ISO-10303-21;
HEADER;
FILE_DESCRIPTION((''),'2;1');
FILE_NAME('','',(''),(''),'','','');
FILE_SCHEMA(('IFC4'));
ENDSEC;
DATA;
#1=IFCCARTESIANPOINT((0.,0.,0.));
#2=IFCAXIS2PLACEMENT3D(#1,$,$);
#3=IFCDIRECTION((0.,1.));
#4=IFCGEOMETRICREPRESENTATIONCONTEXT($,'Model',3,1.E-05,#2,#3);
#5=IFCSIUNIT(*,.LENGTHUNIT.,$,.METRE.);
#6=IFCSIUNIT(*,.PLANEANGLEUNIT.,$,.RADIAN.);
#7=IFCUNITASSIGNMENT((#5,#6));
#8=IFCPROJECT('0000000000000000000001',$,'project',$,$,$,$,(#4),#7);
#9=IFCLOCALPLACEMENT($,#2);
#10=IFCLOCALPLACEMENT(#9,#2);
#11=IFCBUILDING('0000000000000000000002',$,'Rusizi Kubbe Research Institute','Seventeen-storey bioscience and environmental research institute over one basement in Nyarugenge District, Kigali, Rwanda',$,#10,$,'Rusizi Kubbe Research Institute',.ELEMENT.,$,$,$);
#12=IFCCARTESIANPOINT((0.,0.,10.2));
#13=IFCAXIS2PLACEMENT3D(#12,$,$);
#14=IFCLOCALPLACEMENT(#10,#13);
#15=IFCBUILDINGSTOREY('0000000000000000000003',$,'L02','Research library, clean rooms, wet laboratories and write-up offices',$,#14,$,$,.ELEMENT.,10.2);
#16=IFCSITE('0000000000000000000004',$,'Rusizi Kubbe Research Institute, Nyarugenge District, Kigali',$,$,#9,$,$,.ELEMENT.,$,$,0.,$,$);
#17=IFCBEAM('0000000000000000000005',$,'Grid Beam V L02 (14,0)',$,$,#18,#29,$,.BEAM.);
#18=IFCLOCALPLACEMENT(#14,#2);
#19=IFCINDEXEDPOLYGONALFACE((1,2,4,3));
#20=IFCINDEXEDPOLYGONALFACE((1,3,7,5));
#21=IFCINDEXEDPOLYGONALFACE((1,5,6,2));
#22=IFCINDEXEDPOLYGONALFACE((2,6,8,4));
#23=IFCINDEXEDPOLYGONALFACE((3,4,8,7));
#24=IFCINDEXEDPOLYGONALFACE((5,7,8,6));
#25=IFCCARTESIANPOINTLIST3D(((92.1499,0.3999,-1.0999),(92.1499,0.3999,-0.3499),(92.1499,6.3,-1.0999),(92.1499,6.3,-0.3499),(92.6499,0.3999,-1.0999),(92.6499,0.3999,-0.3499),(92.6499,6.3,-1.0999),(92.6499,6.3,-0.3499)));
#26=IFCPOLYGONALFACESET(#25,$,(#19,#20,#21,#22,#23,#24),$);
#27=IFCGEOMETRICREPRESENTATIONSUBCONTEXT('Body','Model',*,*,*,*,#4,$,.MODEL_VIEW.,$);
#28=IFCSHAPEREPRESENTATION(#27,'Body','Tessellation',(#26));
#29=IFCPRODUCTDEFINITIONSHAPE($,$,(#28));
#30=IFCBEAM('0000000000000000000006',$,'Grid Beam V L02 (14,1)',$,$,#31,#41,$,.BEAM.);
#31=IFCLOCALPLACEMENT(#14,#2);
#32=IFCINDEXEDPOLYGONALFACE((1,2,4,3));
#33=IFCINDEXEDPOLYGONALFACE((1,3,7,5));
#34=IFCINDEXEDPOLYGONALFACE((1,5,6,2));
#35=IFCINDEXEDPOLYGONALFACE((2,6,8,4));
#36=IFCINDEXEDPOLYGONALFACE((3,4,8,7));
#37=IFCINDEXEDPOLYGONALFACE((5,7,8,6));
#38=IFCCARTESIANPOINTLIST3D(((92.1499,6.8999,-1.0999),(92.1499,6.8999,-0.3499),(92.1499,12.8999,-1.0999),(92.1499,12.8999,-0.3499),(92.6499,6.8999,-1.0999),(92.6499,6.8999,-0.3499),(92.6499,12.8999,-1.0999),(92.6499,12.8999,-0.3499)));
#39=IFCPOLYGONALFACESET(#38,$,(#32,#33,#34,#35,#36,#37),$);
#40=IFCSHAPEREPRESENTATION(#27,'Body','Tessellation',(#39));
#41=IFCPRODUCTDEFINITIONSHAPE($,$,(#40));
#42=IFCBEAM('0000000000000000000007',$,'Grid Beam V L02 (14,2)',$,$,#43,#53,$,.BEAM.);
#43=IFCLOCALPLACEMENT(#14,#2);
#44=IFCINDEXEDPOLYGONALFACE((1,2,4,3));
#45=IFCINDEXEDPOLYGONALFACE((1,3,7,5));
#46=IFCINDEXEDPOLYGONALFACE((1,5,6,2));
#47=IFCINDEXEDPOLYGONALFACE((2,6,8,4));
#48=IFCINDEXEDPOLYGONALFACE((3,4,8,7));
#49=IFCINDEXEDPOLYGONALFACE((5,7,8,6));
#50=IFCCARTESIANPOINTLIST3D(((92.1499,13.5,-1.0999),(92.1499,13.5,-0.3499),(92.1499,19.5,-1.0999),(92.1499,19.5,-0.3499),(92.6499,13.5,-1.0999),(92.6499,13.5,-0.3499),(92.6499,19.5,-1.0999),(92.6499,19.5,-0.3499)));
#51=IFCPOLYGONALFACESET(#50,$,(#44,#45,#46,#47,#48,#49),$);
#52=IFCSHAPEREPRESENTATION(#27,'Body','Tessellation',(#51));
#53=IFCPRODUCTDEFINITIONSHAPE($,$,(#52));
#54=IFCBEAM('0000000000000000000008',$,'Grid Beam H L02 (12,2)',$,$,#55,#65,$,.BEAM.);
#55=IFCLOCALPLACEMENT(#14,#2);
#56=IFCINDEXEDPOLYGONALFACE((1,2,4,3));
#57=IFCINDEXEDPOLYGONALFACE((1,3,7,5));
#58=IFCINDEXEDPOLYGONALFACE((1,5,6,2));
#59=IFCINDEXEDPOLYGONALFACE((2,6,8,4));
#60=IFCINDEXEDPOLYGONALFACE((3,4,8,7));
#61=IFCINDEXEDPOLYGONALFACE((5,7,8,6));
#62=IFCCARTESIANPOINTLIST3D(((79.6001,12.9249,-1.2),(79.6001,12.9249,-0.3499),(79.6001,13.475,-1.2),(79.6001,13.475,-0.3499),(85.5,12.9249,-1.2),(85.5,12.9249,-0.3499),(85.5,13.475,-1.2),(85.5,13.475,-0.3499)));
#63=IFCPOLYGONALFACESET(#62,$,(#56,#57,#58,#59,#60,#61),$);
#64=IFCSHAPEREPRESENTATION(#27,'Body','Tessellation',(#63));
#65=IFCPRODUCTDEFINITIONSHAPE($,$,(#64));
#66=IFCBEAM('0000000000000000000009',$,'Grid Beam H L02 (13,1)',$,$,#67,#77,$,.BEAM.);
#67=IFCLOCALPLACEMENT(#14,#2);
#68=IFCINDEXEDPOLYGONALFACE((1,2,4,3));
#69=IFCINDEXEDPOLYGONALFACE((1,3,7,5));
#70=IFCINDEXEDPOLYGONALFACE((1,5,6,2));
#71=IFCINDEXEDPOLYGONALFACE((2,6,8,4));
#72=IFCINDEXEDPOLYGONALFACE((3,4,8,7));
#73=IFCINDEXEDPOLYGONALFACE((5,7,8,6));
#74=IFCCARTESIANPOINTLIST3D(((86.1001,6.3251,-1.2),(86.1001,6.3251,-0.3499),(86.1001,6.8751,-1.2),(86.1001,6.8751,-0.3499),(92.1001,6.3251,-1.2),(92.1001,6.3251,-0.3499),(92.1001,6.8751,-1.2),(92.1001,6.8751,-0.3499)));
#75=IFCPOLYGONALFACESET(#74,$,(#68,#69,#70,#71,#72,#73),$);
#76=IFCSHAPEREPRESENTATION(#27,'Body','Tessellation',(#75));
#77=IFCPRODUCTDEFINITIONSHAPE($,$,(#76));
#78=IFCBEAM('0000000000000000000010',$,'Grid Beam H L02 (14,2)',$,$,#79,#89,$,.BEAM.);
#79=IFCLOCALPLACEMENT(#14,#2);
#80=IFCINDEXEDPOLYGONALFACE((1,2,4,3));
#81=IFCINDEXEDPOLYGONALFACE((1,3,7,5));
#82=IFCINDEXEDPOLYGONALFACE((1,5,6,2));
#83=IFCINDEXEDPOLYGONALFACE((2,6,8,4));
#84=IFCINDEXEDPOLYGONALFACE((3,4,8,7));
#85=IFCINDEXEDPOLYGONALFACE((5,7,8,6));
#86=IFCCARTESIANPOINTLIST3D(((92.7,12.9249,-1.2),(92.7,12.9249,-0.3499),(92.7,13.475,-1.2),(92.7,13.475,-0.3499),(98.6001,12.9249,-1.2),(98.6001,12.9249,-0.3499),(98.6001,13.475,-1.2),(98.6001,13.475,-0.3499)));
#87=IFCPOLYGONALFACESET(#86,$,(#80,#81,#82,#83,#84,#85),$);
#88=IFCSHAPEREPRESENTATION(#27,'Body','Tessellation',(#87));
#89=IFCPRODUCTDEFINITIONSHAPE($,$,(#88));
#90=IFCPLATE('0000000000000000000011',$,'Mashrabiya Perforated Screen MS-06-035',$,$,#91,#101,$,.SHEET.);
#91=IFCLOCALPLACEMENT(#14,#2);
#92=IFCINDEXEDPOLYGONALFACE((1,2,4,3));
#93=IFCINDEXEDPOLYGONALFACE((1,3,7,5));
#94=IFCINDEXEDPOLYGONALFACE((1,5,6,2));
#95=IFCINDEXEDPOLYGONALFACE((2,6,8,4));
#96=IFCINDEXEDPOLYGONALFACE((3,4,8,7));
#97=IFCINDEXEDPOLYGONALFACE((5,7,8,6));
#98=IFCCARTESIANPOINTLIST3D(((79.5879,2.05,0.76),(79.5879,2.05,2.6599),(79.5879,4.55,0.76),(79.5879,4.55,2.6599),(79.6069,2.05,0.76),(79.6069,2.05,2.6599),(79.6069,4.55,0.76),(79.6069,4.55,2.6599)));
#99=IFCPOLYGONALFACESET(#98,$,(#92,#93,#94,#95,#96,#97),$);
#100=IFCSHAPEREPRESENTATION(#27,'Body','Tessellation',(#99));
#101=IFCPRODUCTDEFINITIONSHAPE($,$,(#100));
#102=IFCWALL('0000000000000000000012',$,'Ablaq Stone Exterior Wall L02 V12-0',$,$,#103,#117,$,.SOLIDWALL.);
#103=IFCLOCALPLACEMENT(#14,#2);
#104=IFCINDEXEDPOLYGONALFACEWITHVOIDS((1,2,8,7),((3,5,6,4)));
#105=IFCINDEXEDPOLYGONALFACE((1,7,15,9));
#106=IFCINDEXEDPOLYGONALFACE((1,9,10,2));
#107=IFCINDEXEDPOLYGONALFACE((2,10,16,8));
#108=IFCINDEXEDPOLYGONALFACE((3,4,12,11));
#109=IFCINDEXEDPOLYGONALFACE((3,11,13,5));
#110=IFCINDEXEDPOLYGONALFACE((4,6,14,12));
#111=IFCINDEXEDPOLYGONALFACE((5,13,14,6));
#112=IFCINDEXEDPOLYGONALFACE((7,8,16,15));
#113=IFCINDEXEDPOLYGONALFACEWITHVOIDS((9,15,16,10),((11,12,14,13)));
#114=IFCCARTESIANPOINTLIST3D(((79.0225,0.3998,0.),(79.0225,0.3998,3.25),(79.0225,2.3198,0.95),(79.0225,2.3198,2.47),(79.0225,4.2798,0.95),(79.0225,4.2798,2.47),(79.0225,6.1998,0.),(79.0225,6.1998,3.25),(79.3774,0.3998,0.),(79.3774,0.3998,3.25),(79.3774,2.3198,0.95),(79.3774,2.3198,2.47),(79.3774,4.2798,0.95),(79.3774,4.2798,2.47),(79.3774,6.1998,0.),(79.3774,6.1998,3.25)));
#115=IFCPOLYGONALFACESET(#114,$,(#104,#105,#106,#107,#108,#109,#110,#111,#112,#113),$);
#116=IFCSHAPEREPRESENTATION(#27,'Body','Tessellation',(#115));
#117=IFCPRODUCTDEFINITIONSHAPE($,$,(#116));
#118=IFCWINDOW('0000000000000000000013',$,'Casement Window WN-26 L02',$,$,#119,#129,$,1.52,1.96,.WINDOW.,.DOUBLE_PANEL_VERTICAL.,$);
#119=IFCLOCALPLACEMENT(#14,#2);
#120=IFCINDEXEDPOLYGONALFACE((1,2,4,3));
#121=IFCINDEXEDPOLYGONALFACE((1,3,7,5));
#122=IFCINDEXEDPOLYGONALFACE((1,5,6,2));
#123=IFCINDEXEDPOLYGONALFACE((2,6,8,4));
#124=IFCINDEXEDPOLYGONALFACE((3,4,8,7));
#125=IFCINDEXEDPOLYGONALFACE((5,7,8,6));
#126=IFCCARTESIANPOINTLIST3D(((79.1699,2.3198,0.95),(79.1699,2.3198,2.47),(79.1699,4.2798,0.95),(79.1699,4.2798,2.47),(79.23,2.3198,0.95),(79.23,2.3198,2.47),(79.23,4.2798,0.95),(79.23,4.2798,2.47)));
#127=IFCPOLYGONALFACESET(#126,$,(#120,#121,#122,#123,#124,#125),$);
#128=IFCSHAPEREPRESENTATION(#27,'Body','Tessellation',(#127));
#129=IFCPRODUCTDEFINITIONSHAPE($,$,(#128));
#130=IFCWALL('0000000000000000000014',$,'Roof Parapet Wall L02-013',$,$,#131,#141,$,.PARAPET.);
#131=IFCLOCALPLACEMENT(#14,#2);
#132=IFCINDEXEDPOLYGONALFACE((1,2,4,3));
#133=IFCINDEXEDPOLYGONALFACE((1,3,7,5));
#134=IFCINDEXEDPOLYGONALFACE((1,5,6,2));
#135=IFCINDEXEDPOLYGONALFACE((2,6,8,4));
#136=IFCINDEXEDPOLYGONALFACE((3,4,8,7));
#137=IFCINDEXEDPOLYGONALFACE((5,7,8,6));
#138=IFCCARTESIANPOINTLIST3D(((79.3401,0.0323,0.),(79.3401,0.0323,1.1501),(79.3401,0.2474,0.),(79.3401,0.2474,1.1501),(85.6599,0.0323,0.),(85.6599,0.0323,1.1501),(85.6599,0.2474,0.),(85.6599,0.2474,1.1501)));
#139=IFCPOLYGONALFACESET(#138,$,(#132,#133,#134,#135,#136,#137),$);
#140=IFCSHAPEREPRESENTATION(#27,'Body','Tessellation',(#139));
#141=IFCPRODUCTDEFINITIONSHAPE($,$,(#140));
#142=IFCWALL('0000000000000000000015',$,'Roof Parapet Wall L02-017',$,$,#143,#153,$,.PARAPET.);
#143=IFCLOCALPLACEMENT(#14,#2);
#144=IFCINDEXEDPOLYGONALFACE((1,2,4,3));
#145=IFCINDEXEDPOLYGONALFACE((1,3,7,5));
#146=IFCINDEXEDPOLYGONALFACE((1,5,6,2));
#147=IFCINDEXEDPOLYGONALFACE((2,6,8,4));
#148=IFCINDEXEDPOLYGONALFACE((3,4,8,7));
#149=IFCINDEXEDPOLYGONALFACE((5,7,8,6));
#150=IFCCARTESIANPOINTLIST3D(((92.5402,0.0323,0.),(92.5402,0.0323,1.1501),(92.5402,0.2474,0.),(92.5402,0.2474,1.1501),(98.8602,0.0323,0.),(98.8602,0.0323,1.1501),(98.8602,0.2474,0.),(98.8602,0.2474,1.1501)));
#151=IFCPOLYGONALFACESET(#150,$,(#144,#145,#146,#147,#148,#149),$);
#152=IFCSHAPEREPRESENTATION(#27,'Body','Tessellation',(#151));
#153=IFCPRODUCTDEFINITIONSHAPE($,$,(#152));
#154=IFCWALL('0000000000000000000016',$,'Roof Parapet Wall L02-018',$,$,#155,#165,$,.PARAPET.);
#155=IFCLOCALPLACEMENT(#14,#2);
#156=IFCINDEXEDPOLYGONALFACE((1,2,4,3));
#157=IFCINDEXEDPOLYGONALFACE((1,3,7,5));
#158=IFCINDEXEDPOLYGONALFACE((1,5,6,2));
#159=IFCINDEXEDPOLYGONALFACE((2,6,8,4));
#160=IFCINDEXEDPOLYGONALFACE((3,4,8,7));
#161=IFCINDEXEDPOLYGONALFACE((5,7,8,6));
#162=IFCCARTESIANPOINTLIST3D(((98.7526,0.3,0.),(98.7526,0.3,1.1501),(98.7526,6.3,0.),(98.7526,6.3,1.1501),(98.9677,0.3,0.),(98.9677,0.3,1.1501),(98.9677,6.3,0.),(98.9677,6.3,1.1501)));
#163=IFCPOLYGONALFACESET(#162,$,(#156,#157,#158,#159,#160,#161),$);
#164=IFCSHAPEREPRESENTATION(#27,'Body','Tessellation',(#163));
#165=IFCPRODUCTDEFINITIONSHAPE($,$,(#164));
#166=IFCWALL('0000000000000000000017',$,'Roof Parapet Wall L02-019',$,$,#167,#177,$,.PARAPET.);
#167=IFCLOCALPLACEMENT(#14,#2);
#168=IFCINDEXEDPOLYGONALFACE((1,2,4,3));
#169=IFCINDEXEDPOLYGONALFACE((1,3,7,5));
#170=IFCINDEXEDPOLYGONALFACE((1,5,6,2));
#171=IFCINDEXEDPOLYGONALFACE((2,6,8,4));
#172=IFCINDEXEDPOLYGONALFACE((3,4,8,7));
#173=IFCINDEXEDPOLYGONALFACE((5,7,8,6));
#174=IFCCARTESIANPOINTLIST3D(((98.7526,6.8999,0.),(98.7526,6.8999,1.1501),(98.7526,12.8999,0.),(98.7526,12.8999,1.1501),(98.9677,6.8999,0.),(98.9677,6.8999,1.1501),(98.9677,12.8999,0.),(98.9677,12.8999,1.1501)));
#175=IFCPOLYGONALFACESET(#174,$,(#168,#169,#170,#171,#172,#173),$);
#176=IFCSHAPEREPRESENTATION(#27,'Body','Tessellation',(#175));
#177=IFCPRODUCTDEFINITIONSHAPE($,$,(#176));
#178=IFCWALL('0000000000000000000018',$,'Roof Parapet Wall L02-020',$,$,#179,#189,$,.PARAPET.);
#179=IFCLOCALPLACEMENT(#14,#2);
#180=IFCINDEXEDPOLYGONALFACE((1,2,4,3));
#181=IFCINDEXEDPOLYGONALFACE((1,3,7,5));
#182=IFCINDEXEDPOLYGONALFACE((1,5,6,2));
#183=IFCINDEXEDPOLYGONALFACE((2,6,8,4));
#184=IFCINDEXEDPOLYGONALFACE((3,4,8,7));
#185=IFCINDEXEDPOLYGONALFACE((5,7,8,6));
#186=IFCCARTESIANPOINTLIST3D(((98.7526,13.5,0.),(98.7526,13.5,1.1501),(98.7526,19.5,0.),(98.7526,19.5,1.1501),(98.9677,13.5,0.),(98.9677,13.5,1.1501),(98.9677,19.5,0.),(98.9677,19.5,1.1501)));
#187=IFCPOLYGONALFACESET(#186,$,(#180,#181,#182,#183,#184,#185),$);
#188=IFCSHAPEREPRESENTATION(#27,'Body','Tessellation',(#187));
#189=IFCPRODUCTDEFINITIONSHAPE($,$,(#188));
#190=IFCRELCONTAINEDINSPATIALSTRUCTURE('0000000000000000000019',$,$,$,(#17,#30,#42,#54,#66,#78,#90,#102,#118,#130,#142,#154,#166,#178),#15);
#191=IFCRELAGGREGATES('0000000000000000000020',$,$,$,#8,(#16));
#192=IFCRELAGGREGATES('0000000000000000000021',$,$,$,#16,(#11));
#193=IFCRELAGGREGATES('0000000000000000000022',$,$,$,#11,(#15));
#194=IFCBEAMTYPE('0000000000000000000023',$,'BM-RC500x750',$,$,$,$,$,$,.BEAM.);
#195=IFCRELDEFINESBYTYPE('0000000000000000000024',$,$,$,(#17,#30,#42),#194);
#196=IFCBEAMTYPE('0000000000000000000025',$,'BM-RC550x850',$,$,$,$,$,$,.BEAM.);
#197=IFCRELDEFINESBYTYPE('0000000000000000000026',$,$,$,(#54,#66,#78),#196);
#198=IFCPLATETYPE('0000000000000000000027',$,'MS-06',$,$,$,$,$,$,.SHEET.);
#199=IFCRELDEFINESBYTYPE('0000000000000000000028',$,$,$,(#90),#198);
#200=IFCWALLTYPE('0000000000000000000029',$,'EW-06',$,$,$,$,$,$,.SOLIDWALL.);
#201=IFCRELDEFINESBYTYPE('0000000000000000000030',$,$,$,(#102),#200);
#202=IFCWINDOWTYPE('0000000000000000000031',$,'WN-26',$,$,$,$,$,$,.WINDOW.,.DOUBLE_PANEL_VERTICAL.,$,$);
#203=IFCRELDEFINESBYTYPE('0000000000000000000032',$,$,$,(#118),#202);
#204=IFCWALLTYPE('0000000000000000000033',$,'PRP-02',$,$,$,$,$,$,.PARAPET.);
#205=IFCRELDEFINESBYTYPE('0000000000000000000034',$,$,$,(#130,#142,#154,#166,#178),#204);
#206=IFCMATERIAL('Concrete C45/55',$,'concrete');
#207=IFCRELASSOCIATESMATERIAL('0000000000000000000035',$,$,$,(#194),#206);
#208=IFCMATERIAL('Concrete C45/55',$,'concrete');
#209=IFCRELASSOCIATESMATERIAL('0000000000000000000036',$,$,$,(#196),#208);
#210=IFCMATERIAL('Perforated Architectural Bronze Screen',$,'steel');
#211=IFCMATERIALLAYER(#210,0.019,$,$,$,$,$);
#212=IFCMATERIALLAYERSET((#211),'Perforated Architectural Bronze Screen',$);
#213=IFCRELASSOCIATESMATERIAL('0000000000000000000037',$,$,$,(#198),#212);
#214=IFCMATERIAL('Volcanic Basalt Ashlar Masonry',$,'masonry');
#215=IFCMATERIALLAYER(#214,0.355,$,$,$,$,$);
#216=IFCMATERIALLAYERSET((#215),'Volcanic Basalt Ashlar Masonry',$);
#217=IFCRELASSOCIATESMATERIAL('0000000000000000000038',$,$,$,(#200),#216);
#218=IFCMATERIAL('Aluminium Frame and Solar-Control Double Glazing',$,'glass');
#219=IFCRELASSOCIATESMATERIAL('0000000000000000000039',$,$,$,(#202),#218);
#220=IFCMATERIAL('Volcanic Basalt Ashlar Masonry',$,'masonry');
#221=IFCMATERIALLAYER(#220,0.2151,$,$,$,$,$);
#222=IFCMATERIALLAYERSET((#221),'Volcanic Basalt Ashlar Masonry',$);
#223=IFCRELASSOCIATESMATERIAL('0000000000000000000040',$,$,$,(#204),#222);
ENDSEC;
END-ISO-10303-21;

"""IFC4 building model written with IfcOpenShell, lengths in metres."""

from ifc_helpers import new_model, si_unit, direction, frame, frame_2d, origin, origin_2d, place, context, subcontext, project, spatial, rectangle, extrude, material, layer, layer_set, material_profile, profile_set, type_object, element, fill, save


model = new_model("IFC4")

# Units and contexts
model_context = context("Model", 3, precision=1e-05, world=origin(), true_north=direction((0.0, 1.0)))
body_context = subcontext(model_context, "Body", "Model", "MODEL_VIEW")
ifc_project = project(units=[si_unit("LENGTHUNIT", "METRE"), si_unit("PLANEANGLEUNIT", "RADIAN")], contexts=[model_context])

# Site, building, storey
site_placement = place(None, origin())
site = spatial("IfcSite", under=ifc_project, at=site_placement, Name="Rusizi Kubbe Research Institute, Nyarugenge District, Kigali", CompositionType="ELEMENT", RefElevation=0.0)
building_placement = place(site_placement, origin())
building = spatial("IfcBuilding", under=site, at=building_placement, Name="Rusizi Kubbe Research Institute", Description="Seventeen-storey bioscience and environmental research institute over one basement in Nyarugenge District, Kigali, Rwanda", LongName="Rusizi Kubbe Research Institute", CompositionType="ELEMENT")
storey_placement = place(building_placement, frame((0.0, 0.0, 10.2)))
storey = spatial("IfcBuildingStorey", under=building, at=storey_placement, Name="L02", Description="Research library, clean rooms, wet laboratories and write-up offices", CompositionType="ELEMENT", Elevation=10.2)

# Beams
ifc_material_1 = material(Name="Concrete C45/55", Category="concrete")
ifc_material_profile_1 = material_profile(ifc_material_1, rectangle(XDim=0.5, YDim=0.75, at=origin_2d()), Name="RC500x750B")
ifc_profile_set_1 = profile_set([ifc_material_profile_1], Name="Concrete C45/55")
beam_type_1 = type_object("IfcBeamType", Name="BM-RC500x750", PredefinedType="BEAM", material=ifc_profile_set_1)
beam_1_placement = place(storey_placement, frame((92.3999, 0.3999, -0.7249), z_axis=(0.0, 1.0, 0.0), x_axis=(-1.0, 0.0, 0.0)))
element("IfcBeam", 1, at=beam_1_placement, inside=storey, type_object=beam_type_1, Name="Grid Beam V L02 (14,0)", PredefinedType="BEAM", context=body_context, shape_type="SweptSolid", body=[
    extrude(rectangle(XDim=0.5, YDim=0.75, at=origin_2d()), origin(), (0.0, 0.0, 1.0), 5.9001),
])
for number, where, z_axis, x_axis, name in (
    (2, (92.3999, 6.8999, -0.7249), (0.0, 1.0, 0.0), (-1.0, 0.0, 0.0), "Grid Beam V L02 (14,1)"),
    (3, (92.3999, 13.5, -0.7249), (0.0, 1.0, 0.0), (-1.0, 0.0, 0.0), "Grid Beam V L02 (14,2)"),
):
    element("IfcBeam", number, at=place(storey_placement, frame(where, z_axis=z_axis, x_axis=x_axis)), inside=storey, type_object=beam_type_1, Name=name, PredefinedType="BEAM", context=body_context, shape_type="SweptSolid", body=[
        extrude(rectangle(XDim=0.5, YDim=0.75, at=origin_2d()), origin(), (0.0, 0.0, 1.0), 6.0),
    ])
ifc_material_2 = material(Name="Concrete C45/55", Category="concrete")
ifc_material_profile_2 = material_profile(ifc_material_2, rectangle(XDim=0.55, YDim=0.8501, at=origin_2d()), Name="RC550x850")
ifc_profile_set_2 = profile_set([ifc_material_profile_2], Name="Concrete C45/55")
beam_type_2 = type_object("IfcBeamType", Name="BM-RC550x850", PredefinedType="BEAM", material=ifc_profile_set_2)
beam_2_placement = place(storey_placement, frame((79.6001, 13.2, -0.7749), z_axis=(1.0, 0.0, 0.0), x_axis=(0.0, 1.0, 0.0)))
element("IfcBeam", 4, at=beam_2_placement, inside=storey, type_object=beam_type_2, Name="Grid Beam H L02 (12,2)", PredefinedType="BEAM", context=body_context, shape_type="SweptSolid", body=[
    extrude(rectangle(XDim=0.55, YDim=0.8501, at=origin_2d()), origin(), (0.0, 0.0, 1.0), 5.8999),
])
beam_3_placement = place(storey_placement, frame((86.1001, 6.6001, -0.7749), z_axis=(1.0, 0.0, 0.0), x_axis=(0.0, 1.0, 0.0)))
element("IfcBeam", 5, at=beam_3_placement, inside=storey, type_object=beam_type_2, Name="Grid Beam H L02 (13,1)", PredefinedType="BEAM", context=body_context, shape_type="SweptSolid", body=[
    extrude(rectangle(XDim=0.55, YDim=0.8501, at=origin_2d()), origin(), (0.0, 0.0, 1.0), 6.0),
])
beam_4_placement = place(storey_placement, frame((92.7, 13.2, -0.7749), z_axis=(1.0, 0.0, 0.0), x_axis=(0.0, 1.0, 0.0)))
element("IfcBeam", 6, at=beam_4_placement, inside=storey, type_object=beam_type_2, Name="Grid Beam H L02 (14,2)", PredefinedType="BEAM", context=body_context, shape_type="SweptSolid", body=[
    extrude(rectangle(XDim=0.55, YDim=0.8501, at=origin_2d()), origin(), (0.0, 0.0, 1.0), 5.9001),
])

# Plate
ifc_material_3 = material(Name="Perforated Architectural Bronze Screen", Category="steel")
ifc_layer_1 = layer(ifc_material_3, 0.019)
ifc_layer_set_1 = layer_set([ifc_layer_1], Name="Perforated Architectural Bronze Screen")
plate_type = type_object("IfcPlateType", Name="MS-06", PredefinedType="SHEET", material=ifc_layer_set_1)
plate_placement = place(storey_placement, frame((79.5974, 3.3, 0.76), z_axis=(0.0, 0.0, 1.0), x_axis=(0.0, 1.0, 0.0)))
element("IfcPlate", 7, at=plate_placement, inside=storey, type_object=plate_type, Name="Mashrabiya Perforated Screen MS-06-035", PredefinedType="SHEET", context=body_context, shape_type="SweptSolid", body=[
    extrude(rectangle(XDim=2.5, YDim=0.019, at=origin_2d()), origin(), (0.0, 0.0, 1.0), 1.8999),
])

# Wall, opening, window
ifc_material_4 = material(Name="Volcanic Basalt Ashlar Masonry", Category="masonry")
ifc_layer_2 = layer(ifc_material_4, 0.355)
ifc_layer_set_2 = layer_set([ifc_layer_2], Name="Volcanic Basalt Ashlar Masonry")
wall_type_1 = type_object("IfcWallType", Name="EW-06", PredefinedType="SOLIDWALL", material=ifc_layer_set_2)
wall_1_placement = place(storey_placement, frame((79.2, 0.3999, 0.0), z_axis=(0.0, 0.0, 1.0), x_axis=(0.0, 1.0, 0.0)))
wall_1 = element("IfcWall", 8, at=wall_1_placement, inside=storey, type_object=wall_type_1, Name="Ablaq Stone Exterior Wall L02 V12-0", PredefinedType="SOLIDWALL", context=body_context, shape_type="SweptSolid", body=[
    extrude(rectangle(XDim=5.8, YDim=0.355, at=frame_2d((2.8999, 0.0))), origin(), (0.0, 0.0, 1.0), 3.25),
])
opening_placement = place(wall_1_placement, frame((1.9199, 0.0, 0.95)))
opening = element("IfcOpeningElement", 9, at=opening_placement, cuts=wall_1, PredefinedType="OPENING", context=body_context, shape_type="SweptSolid", body=[
    extrude(rectangle(XDim=1.96, YDim=1.52, at=frame_2d((0.98, 0.76))), frame((0.0, 0.1875, 0.0), z_axis=(0.0, -1.0, 0.0), x_axis=(1.0, 0.0, 0.0)), (0.0, 0.0, 1.0), 0.375),
])
ifc_material_5 = material(Name="Aluminium Frame and Solar-Control Double Glazing", Category="glass")
window_type = type_object("IfcWindowType", Name="WN-26", PartitioningType="DOUBLE_PANEL_VERTICAL", PredefinedType="WINDOW", material=ifc_material_5)
window_placement = place(opening_placement, origin())
window = element("IfcWindow", 10, at=window_placement, inside=storey, type_object=window_type, Name="Casement Window WN-26 L02", OverallHeight=1.52, OverallWidth=1.96, PartitioningType="DOUBLE_PANEL_VERTICAL", PredefinedType="WINDOW", context=body_context, shape_type="SweptSolid", body=[
    extrude(rectangle(XDim=1.96, YDim=1.52, at=frame_2d((0.98, 0.76))), frame((0.0, 0.03, 0.0), z_axis=(0.0, -1.0, 0.0), x_axis=(1.0, 0.0, 0.0)), (0.0, 0.0, 1.0), 0.0601),
])
fill(opening, window)

# Walls
ifc_material_6 = material(Name="Volcanic Basalt Ashlar Masonry", Category="masonry")
ifc_layer_3 = layer(ifc_material_6, 0.2151)
ifc_layer_set_3 = layer_set([ifc_layer_3], Name="Volcanic Basalt Ashlar Masonry")
wall_type_2 = type_object("IfcWallType", Name="PRP-02", PredefinedType="PARAPET", material=ifc_layer_set_3)
wall_2_placement = place(storey_placement, frame((79.3401, 0.1399, 0.0), z_axis=(0.0, 0.0, 1.0), x_axis=(1.0, 0.0, 0.0)))
element("IfcWall", 11, at=wall_2_placement, inside=storey, type_object=wall_type_2, Name="Roof Parapet Wall L02-013", PredefinedType="PARAPET", context=body_context, shape_type="SweptSolid", body=[
    extrude(rectangle(XDim=6.3198, YDim=0.2151, at=frame_2d((3.1599, 0.0))), origin(), (0.0, 0.0, 1.0), 1.1501),
])
for number, where, z_axis, x_axis, name in (
    (12, (92.54, 0.1399, 0.0), (0.0, 0.0, 1.0), (1.0, 0.0, 0.0), "Roof Parapet Wall L02-017"),
):
    element("IfcWall", number, at=place(storey_placement, frame(where, z_axis=z_axis, x_axis=x_axis)), inside=storey, type_object=wall_type_2, Name=name, PredefinedType="PARAPET", context=body_context, shape_type="SweptSolid", body=[
        extrude(rectangle(XDim=6.3201, YDim=0.2151, at=frame_2d((3.1602, 0.0))), origin(), (0.0, 0.0, 1.0), 1.1501),
    ])
for number, where, z_axis, x_axis, name in (
    (13, (98.8601, 0.3, 0.0), (0.0, 0.0, 1.0), (0.0, 1.0, 0.0), "Roof Parapet Wall L02-018"),
    (14, (98.8601, 6.8999, 0.0), (0.0, 0.0, 1.0), (0.0, 1.0, 0.0), "Roof Parapet Wall L02-019"),
    (15, (98.8601, 13.5, 0.0), (0.0, 0.0, 1.0), (0.0, 1.0, 0.0), "Roof Parapet Wall L02-020"),
):
    element("IfcWall", number, at=place(storey_placement, frame(where, z_axis=z_axis, x_axis=x_axis)), inside=storey, type_object=wall_type_2, Name=name, PredefinedType="PARAPET", context=body_context, shape_type="SweptSolid", body=[
        extrude(rectangle(XDim=6.0, YDim=0.2151, at=frame_2d((3.0, 0.0))), origin(), (0.0, 0.0, 1.0), 1.1501),
    ])

save(model, "model.ifc")
